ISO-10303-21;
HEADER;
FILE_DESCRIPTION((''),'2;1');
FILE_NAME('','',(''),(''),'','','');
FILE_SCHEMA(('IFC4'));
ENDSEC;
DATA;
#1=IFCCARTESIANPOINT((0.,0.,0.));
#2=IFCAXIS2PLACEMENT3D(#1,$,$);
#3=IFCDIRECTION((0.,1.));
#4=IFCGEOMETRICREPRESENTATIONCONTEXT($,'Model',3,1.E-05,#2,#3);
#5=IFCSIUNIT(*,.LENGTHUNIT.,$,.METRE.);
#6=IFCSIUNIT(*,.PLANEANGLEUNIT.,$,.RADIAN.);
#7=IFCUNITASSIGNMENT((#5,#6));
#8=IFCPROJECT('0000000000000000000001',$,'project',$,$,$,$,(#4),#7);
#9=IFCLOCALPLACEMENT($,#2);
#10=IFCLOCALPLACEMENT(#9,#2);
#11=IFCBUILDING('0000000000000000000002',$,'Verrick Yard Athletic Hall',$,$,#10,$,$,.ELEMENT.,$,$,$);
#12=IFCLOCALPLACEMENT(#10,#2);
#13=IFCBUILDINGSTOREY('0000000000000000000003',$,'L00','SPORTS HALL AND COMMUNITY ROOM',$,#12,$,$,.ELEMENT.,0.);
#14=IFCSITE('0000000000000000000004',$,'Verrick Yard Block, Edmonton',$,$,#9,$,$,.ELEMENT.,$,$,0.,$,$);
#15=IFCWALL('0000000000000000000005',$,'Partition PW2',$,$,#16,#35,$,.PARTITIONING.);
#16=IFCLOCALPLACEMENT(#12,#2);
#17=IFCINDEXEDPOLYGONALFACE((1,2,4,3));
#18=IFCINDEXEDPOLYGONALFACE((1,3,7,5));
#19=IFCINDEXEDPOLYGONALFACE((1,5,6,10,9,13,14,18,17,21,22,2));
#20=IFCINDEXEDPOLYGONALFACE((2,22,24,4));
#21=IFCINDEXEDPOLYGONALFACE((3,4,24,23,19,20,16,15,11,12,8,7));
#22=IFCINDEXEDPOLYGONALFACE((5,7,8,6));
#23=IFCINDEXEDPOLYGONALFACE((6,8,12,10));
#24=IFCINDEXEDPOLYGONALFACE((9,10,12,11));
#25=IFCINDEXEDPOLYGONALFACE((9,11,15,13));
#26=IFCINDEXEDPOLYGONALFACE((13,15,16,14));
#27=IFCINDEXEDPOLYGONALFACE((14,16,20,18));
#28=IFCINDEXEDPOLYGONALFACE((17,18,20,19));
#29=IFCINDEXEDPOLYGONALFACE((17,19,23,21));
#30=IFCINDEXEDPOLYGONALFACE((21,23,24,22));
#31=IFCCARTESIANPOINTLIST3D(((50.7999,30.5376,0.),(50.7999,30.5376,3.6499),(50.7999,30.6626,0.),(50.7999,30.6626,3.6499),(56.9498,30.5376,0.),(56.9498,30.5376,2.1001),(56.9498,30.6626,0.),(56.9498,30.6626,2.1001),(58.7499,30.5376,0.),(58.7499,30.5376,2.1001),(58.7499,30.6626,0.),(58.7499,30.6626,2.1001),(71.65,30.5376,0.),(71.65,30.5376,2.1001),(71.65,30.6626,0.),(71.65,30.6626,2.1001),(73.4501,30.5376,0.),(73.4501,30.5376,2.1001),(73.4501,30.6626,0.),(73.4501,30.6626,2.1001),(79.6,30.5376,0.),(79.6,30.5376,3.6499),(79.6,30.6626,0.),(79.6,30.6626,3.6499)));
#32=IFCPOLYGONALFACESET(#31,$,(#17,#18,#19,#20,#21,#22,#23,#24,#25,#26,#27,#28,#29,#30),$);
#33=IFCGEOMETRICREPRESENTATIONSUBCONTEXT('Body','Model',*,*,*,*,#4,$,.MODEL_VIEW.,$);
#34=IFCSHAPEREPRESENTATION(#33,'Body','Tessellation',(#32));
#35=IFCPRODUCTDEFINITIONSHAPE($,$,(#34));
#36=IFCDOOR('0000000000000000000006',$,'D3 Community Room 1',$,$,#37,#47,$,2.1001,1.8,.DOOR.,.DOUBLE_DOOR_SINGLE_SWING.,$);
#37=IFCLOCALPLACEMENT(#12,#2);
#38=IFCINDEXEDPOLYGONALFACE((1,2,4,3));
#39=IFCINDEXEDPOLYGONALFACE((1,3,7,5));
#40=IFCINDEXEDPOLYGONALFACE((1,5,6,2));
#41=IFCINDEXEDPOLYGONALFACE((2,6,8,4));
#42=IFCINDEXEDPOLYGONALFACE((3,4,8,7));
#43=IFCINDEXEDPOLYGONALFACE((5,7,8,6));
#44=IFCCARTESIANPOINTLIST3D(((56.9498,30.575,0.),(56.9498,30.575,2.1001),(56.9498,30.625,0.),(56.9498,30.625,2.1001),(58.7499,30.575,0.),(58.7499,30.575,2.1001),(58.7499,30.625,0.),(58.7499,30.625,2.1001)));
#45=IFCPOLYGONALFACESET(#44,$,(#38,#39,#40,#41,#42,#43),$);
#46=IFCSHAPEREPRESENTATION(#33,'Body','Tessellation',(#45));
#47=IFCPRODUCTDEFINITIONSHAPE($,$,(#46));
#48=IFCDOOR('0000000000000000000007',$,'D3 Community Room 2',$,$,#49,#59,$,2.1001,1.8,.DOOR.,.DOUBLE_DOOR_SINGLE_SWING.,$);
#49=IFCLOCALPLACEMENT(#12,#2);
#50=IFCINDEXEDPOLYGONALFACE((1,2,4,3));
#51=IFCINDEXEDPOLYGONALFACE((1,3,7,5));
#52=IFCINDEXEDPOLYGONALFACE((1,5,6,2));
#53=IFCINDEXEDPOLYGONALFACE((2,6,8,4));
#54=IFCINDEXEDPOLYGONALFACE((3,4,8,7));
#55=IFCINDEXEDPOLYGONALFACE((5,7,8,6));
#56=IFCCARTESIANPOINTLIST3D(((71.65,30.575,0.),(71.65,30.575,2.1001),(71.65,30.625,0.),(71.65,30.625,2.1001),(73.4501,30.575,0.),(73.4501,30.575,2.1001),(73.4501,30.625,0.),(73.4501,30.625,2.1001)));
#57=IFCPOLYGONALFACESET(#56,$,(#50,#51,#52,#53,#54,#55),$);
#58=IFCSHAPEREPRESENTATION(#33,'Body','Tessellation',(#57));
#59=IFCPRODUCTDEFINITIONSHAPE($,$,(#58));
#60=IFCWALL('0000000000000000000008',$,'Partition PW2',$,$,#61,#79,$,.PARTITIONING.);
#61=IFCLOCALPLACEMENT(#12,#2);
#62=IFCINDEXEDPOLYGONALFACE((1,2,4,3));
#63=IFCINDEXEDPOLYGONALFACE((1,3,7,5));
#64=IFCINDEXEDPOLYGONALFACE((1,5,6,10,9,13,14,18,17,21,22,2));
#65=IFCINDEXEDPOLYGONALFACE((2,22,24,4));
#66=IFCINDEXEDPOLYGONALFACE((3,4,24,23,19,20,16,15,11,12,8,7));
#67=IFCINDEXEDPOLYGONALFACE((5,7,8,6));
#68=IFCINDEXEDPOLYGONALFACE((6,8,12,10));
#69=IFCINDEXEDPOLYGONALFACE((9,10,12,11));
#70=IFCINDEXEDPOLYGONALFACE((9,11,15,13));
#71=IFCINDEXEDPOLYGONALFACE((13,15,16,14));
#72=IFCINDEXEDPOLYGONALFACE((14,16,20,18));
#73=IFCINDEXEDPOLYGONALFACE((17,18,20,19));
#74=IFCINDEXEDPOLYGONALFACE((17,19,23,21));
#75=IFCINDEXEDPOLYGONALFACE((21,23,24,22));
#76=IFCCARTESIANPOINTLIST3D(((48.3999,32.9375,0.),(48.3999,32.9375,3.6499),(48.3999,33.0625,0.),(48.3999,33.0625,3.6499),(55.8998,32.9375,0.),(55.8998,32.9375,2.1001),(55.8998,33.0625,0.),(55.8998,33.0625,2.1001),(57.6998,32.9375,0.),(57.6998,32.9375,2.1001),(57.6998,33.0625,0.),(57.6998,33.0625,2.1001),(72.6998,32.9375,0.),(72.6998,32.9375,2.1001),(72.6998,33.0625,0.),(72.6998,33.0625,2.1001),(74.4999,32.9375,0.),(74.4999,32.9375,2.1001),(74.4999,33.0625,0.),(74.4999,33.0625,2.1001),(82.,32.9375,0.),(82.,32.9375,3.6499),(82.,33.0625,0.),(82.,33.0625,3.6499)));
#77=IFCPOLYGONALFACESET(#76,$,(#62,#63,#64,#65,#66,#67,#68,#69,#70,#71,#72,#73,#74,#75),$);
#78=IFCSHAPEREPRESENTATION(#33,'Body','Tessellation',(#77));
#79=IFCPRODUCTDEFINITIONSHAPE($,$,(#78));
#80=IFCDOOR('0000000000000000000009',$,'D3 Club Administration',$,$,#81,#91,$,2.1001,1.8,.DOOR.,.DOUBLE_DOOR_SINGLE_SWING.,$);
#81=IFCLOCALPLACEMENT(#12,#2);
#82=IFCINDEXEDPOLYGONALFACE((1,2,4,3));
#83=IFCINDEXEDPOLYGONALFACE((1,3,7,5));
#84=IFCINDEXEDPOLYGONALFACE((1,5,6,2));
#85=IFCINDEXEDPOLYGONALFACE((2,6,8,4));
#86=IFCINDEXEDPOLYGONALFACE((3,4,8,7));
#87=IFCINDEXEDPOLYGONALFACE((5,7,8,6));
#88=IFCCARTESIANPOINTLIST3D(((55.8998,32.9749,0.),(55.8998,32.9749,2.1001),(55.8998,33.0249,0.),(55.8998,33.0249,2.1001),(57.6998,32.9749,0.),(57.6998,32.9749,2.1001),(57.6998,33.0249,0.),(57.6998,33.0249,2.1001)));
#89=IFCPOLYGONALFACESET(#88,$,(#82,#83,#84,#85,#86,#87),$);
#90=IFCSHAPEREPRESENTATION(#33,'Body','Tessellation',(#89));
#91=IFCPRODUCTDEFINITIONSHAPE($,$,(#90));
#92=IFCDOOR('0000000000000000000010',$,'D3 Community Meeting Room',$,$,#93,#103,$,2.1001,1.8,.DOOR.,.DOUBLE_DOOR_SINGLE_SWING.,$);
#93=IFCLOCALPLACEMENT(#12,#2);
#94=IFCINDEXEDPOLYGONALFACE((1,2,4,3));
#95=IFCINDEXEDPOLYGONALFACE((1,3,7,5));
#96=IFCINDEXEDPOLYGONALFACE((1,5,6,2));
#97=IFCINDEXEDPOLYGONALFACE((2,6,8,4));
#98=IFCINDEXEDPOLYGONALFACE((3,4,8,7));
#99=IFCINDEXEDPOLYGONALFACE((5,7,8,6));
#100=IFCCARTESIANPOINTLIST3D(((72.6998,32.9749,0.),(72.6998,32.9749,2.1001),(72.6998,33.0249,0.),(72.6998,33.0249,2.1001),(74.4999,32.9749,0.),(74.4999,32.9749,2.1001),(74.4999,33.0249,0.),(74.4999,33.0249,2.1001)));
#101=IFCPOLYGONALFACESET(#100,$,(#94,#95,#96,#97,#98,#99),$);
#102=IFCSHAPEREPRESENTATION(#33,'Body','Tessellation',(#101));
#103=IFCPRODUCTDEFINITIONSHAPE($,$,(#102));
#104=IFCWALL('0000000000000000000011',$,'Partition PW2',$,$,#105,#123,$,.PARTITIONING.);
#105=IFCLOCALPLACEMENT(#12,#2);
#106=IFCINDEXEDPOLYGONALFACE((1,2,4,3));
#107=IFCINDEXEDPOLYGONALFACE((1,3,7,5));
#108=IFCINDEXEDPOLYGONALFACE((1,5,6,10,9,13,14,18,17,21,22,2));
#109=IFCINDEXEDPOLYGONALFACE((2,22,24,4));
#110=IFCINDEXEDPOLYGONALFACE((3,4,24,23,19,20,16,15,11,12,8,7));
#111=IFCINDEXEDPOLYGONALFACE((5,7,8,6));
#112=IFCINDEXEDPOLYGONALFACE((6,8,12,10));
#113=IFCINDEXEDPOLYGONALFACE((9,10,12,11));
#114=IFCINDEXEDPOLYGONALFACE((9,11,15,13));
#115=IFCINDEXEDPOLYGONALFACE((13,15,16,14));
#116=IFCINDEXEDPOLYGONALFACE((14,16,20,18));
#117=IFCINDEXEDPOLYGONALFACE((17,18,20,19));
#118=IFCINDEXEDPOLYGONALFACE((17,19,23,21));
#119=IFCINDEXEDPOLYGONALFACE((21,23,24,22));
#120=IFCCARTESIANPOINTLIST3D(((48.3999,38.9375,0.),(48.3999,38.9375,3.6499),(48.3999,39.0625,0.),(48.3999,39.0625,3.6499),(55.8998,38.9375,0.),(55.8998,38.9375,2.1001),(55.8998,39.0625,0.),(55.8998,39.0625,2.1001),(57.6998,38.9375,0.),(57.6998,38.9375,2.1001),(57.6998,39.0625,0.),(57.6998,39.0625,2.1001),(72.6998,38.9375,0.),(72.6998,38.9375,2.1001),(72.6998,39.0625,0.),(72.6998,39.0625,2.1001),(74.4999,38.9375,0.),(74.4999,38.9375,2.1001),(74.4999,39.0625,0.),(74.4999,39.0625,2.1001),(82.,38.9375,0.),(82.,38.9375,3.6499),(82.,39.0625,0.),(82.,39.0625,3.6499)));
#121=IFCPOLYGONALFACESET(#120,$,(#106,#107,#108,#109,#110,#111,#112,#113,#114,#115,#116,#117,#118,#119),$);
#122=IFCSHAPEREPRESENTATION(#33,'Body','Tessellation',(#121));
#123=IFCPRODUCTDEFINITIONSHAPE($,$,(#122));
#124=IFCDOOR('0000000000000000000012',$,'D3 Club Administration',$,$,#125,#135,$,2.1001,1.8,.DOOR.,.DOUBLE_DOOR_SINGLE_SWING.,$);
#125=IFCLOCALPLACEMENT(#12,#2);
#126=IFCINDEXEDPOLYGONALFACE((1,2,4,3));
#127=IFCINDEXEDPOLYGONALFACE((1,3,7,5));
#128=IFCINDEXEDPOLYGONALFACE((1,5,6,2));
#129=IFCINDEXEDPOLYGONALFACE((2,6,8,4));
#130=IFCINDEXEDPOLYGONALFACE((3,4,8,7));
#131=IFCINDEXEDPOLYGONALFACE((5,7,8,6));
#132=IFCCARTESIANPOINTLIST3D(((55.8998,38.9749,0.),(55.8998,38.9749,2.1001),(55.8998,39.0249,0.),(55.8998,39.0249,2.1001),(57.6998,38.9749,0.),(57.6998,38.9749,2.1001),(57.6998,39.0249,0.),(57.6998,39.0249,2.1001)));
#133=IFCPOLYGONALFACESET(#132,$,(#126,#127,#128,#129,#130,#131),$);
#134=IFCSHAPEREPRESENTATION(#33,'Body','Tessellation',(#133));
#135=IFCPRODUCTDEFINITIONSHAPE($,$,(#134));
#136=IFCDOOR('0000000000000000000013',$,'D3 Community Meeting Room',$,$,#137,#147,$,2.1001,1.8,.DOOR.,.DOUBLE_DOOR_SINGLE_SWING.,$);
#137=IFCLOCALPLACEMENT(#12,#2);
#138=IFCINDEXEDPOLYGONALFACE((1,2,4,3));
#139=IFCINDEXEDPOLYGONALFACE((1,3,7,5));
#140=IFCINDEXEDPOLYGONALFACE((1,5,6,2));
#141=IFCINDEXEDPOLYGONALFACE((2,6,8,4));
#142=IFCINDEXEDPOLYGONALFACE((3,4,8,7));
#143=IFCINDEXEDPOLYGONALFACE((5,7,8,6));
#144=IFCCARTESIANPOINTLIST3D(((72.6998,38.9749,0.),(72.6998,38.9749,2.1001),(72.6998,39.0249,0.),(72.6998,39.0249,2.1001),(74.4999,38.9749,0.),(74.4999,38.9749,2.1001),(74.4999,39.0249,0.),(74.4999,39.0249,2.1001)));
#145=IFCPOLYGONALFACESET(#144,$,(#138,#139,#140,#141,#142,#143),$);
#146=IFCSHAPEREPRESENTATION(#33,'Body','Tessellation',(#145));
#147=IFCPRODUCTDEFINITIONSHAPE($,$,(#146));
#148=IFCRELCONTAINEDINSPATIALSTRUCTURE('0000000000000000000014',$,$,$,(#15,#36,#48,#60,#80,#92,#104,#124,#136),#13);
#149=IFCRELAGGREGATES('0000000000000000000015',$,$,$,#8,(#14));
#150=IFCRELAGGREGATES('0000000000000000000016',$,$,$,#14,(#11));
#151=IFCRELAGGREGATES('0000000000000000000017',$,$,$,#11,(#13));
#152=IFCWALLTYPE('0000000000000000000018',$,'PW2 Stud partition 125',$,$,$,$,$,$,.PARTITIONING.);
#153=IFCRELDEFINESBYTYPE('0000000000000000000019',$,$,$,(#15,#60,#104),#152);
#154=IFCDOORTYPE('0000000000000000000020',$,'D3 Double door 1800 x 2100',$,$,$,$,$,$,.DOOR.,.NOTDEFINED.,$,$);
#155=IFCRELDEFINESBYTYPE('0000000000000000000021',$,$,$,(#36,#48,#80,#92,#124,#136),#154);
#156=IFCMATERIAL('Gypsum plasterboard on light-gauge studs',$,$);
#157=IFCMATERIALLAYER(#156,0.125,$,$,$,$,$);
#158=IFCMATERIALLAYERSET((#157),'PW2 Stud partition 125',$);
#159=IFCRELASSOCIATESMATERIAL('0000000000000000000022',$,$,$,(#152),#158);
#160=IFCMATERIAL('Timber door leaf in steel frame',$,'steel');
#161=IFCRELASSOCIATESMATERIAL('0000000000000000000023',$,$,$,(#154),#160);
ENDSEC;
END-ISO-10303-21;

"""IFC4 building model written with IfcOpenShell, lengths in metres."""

from ifc_helpers import new_model, si_unit, direction, frame, frame_2d, origin, place, context, subcontext, project, spatial, rectangle, extrude, material, layer, layer_set, type_object, element, fill, save


model = new_model("IFC4")

# Units and contexts
model_context = context("Model", 3, precision=1e-05, world=origin(), true_north=direction((0.0, 1.0)))
body_context = subcontext(model_context, "Body", "Model", "MODEL_VIEW")
ifc_project = project(units=[si_unit("LENGTHUNIT", "METRE"), si_unit("PLANEANGLEUNIT", "RADIAN")], contexts=[model_context])

# Site, building, storey
site_placement = place(None, origin())
site = spatial("IfcSite", under=ifc_project, at=site_placement, Name="Verrick Yard Block, Edmonton", CompositionType="ELEMENT", RefElevation=0.0)
building_placement = place(site_placement, origin())
building = spatial("IfcBuilding", under=site, at=building_placement, Name="Verrick Yard Athletic Hall", CompositionType="ELEMENT")
storey_placement = place(building_placement, origin())
storey = spatial("IfcBuildingStorey", under=building, at=storey_placement, Name="L00", Description="SPORTS HALL AND COMMUNITY ROOM", CompositionType="ELEMENT", Elevation=0.0)

# Walls, openings, doors
ifc_material_1 = material(Name="Gypsum plasterboard on light-gauge studs")
ifc_layer_1 = layer(ifc_material_1, 0.125)
ifc_layer_set_1 = layer_set([ifc_layer_1], Name="PW2 Stud partition 125")
wall_type_1 = type_object("IfcWallType", Name="PW2 Stud partition 125", PredefinedType="PARTITIONING", material=ifc_layer_set_1)
wall_1_placement = place(storey_placement, frame((50.8, 30.6001, 0.0), z_axis=(0.0, 0.0, 1.0), x_axis=(1.0, 0.0, 0.0)))
wall_1 = element("IfcWall", 1, at=wall_1_placement, inside=storey, type_object=wall_type_1, Name="Partition PW2", PredefinedType="PARTITIONING", context=body_context, shape_type="SweptSolid", body=[
    extrude(rectangle(XDim=28.8, YDim=0.125, at=frame_2d((14.3999, 0.0))), origin(), (0.0, 0.0, 1.0), 3.6499),
])
opening_1_placement = place(wall_1_placement, frame((6.1499, 0.0, 0.0)))
opening_1 = element("IfcOpeningElement", 2, at=opening_1_placement, cuts=wall_1, PredefinedType="OPENING", context=body_context, shape_type="SweptSolid", body=[
    extrude(rectangle(XDim=1.8, YDim=2.1001, at=frame_2d((0.8999, 1.05))), frame((0.0, 0.0725, 0.0), z_axis=(0.0, -1.0, 0.0), x_axis=(1.0, 0.0, 0.0)), (0.0, 0.0, 1.0), 0.145),
])
opening_2_placement = place(wall_1_placement, frame((20.8501, 0.0, 0.0)))
opening_2 = element("IfcOpeningElement", 3, at=opening_2_placement, cuts=wall_1, PredefinedType="OPENING", context=body_context, shape_type="SweptSolid", body=[
    extrude(rectangle(XDim=1.8, YDim=2.1001, at=frame_2d((0.8999, 1.05))), frame((0.0, 0.0725, 0.0), z_axis=(0.0, -1.0, 0.0), x_axis=(1.0, 0.0, 0.0)), (0.0, 0.0, 1.0), 0.145),
])
ifc_material_2 = material(Name="Timber door leaf in steel frame", Category="steel")
door_type = type_object("IfcDoorType", Name="D3 Double door 1800 x 2100", OperationType="NOTDEFINED", PredefinedType="DOOR", material=ifc_material_2)
door_1_placement = place(opening_1_placement, origin())
door_1 = element("IfcDoor", 4, at=door_1_placement, inside=storey, type_object=door_type, Name="D3 Community Room 1", OperationType="DOUBLE_DOOR_SINGLE_SWING", OverallHeight=2.1001, OverallWidth=1.8, PredefinedType="DOOR", context=body_context, shape_type="SweptSolid", body=[
    extrude(rectangle(XDim=1.8, YDim=2.1001, at=frame_2d((0.8999, 1.05))), frame((0.0, 0.0249, 0.0), z_axis=(0.0, -1.0, 0.0), x_axis=(1.0, 0.0, 0.0)), (0.0, 0.0, 1.0), 0.05),
])
fill(opening_1, door_1)
door_2_placement = place(opening_2_placement, origin())
door_2 = element("IfcDoor", 5, at=door_2_placement, inside=storey, type_object=door_type, Name="D3 Community Room 2", OperationType="DOUBLE_DOOR_SINGLE_SWING", OverallHeight=2.1001, OverallWidth=1.8, PredefinedType="DOOR", context=body_context, shape_type="SweptSolid", body=[
    extrude(rectangle(XDim=1.8, YDim=2.1001, at=frame_2d((0.8999, 1.05))), frame((0.0, 0.0249, 0.0), z_axis=(0.0, -1.0, 0.0), x_axis=(1.0, 0.0, 0.0)), (0.0, 0.0, 1.0), 0.05),
])
fill(opening_2, door_2)
wall_2_placement = place(storey_placement, frame((48.3999, 33.0, 0.0), z_axis=(0.0, 0.0, 1.0), x_axis=(1.0, 0.0, 0.0)))
wall_2 = element("IfcWall", 6, at=wall_2_placement, inside=storey, type_object=wall_type_1, Name="Partition PW2", PredefinedType="PARTITIONING", context=body_context, shape_type="SweptSolid", body=[
    extrude(rectangle(XDim=33.6001, YDim=0.125, at=frame_2d((16.8, 0.0))), origin(), (0.0, 0.0, 1.0), 3.6499),
])
opening_3_placement = place(wall_2_placement, frame((7.5, 0.0, 0.0)))
opening_3 = element("IfcOpeningElement", 7, at=opening_3_placement, cuts=wall_2, PredefinedType="OPENING", context=body_context, shape_type="SweptSolid", body=[
    extrude(rectangle(XDim=1.8, YDim=2.1001, at=frame_2d((0.8999, 1.05))), frame((0.0, 0.0725, 0.0), z_axis=(0.0, -1.0, 0.0), x_axis=(1.0, 0.0, 0.0)), (0.0, 0.0, 1.0), 0.145),
])
opening_4_placement = place(wall_2_placement, frame((24.3, 0.0, 0.0)))
opening_4 = element("IfcOpeningElement", 8, at=opening_4_placement, cuts=wall_2, PredefinedType="OPENING", context=body_context, shape_type="SweptSolid", body=[
    extrude(rectangle(XDim=1.8, YDim=2.1001, at=frame_2d((0.8999, 1.05))), frame((0.0, 0.0725, 0.0), z_axis=(0.0, -1.0, 0.0), x_axis=(1.0, 0.0, 0.0)), (0.0, 0.0, 1.0), 0.145),
])
door_3_placement = place(opening_3_placement, origin())
door_3 = element("IfcDoor", 9, at=door_3_placement, inside=storey, type_object=door_type, Name="D3 Club Administration", OperationType="DOUBLE_DOOR_SINGLE_SWING", OverallHeight=2.1001, OverallWidth=1.8, PredefinedType="DOOR", context=body_context, shape_type="SweptSolid", body=[
    extrude(rectangle(XDim=1.8, YDim=2.1001, at=frame_2d((0.8999, 1.05))), frame((0.0, 0.0249, 0.0), z_axis=(0.0, -1.0, 0.0), x_axis=(1.0, 0.0, 0.0)), (0.0, 0.0, 1.0), 0.05),
])
fill(opening_3, door_3)
door_4_placement = place(opening_4_placement, origin())
door_4 = element("IfcDoor", 10, at=door_4_placement, inside=storey, type_object=door_type, Name="D3 Community Meeting Room", OperationType="DOUBLE_DOOR_SINGLE_SWING", OverallHeight=2.1001, OverallWidth=1.8, PredefinedType="DOOR", context=body_context, shape_type="SweptSolid", body=[
    extrude(rectangle(XDim=1.8, YDim=2.1001, at=frame_2d((0.8999, 1.05))), frame((0.0, 0.0249, 0.0), z_axis=(0.0, -1.0, 0.0), x_axis=(1.0, 0.0, 0.0)), (0.0, 0.0, 1.0), 0.05),
])
fill(opening_4, door_4)
wall_3_placement = place(storey_placement, frame((48.3999, 39.0, 0.0), z_axis=(0.0, 0.0, 1.0), x_axis=(1.0, 0.0, 0.0)))
wall_3 = element("IfcWall", 11, at=wall_3_placement, inside=storey, type_object=wall_type_1, Name="Partition PW2", PredefinedType="PARTITIONING", context=body_context, shape_type="SweptSolid", body=[
    extrude(rectangle(XDim=33.6001, YDim=0.125, at=frame_2d((16.8, 0.0))), origin(), (0.0, 0.0, 1.0), 3.6499),
])
opening_5_placement = place(wall_3_placement, frame((7.5, 0.0, 0.0)))
opening_5 = element("IfcOpeningElement", 12, at=opening_5_placement, cuts=wall_3, PredefinedType="OPENING", context=body_context, shape_type="SweptSolid", body=[
    extrude(rectangle(XDim=1.8, YDim=2.1001, at=frame_2d((0.8999, 1.05))), frame((0.0, 0.0725, 0.0), z_axis=(0.0, -1.0, 0.0), x_axis=(1.0, 0.0, 0.0)), (0.0, 0.0, 1.0), 0.145),
])
opening_6_placement = place(wall_3_placement, frame((24.3, 0.0, 0.0)))
opening_6 = element("IfcOpeningElement", 13, at=opening_6_placement, cuts=wall_3, PredefinedType="OPENING", context=body_context, shape_type="SweptSolid", body=[
    extrude(rectangle(XDim=1.8, YDim=2.1001, at=frame_2d((0.8999, 1.05))), frame((0.0, 0.0725, 0.0), z_axis=(0.0, -1.0, 0.0), x_axis=(1.0, 0.0, 0.0)), (0.0, 0.0, 1.0), 0.145),
])
door_5_placement = place(opening_5_placement, origin())
door_5 = element("IfcDoor", 14, at=door_5_placement, inside=storey, type_object=door_type, Name="D3 Club Administration", OperationType="DOUBLE_DOOR_SINGLE_SWING", OverallHeight=2.1001, OverallWidth=1.8, PredefinedType="DOOR", context=body_context, shape_type="SweptSolid", body=[
    extrude(rectangle(XDim=1.8, YDim=2.1001, at=frame_2d((0.8999, 1.05))), frame((0.0, 0.0249, 0.0), z_axis=(0.0, -1.0, 0.0), x_axis=(1.0, 0.0, 0.0)), (0.0, 0.0, 1.0), 0.05),
])
fill(opening_5, door_5)
door_6_placement = place(opening_6_placement, origin())
door_6 = element("IfcDoor", 15, at=door_6_placement, inside=storey, type_object=door_type, Name="D3 Community Meeting Room", OperationType="DOUBLE_DOOR_SINGLE_SWING", OverallHeight=2.1001, OverallWidth=1.8, PredefinedType="DOOR", context=body_context, shape_type="SweptSolid", body=[
    extrude(rectangle(XDim=1.8, YDim=2.1001, at=frame_2d((0.8999, 1.05))), frame((0.0, 0.0249, 0.0), z_axis=(0.0, -1.0, 0.0), x_axis=(1.0, 0.0, 0.0)), (0.0, 0.0, 1.0), 0.05),
])
fill(opening_6, door_6)

save(model, "model.ifc")
